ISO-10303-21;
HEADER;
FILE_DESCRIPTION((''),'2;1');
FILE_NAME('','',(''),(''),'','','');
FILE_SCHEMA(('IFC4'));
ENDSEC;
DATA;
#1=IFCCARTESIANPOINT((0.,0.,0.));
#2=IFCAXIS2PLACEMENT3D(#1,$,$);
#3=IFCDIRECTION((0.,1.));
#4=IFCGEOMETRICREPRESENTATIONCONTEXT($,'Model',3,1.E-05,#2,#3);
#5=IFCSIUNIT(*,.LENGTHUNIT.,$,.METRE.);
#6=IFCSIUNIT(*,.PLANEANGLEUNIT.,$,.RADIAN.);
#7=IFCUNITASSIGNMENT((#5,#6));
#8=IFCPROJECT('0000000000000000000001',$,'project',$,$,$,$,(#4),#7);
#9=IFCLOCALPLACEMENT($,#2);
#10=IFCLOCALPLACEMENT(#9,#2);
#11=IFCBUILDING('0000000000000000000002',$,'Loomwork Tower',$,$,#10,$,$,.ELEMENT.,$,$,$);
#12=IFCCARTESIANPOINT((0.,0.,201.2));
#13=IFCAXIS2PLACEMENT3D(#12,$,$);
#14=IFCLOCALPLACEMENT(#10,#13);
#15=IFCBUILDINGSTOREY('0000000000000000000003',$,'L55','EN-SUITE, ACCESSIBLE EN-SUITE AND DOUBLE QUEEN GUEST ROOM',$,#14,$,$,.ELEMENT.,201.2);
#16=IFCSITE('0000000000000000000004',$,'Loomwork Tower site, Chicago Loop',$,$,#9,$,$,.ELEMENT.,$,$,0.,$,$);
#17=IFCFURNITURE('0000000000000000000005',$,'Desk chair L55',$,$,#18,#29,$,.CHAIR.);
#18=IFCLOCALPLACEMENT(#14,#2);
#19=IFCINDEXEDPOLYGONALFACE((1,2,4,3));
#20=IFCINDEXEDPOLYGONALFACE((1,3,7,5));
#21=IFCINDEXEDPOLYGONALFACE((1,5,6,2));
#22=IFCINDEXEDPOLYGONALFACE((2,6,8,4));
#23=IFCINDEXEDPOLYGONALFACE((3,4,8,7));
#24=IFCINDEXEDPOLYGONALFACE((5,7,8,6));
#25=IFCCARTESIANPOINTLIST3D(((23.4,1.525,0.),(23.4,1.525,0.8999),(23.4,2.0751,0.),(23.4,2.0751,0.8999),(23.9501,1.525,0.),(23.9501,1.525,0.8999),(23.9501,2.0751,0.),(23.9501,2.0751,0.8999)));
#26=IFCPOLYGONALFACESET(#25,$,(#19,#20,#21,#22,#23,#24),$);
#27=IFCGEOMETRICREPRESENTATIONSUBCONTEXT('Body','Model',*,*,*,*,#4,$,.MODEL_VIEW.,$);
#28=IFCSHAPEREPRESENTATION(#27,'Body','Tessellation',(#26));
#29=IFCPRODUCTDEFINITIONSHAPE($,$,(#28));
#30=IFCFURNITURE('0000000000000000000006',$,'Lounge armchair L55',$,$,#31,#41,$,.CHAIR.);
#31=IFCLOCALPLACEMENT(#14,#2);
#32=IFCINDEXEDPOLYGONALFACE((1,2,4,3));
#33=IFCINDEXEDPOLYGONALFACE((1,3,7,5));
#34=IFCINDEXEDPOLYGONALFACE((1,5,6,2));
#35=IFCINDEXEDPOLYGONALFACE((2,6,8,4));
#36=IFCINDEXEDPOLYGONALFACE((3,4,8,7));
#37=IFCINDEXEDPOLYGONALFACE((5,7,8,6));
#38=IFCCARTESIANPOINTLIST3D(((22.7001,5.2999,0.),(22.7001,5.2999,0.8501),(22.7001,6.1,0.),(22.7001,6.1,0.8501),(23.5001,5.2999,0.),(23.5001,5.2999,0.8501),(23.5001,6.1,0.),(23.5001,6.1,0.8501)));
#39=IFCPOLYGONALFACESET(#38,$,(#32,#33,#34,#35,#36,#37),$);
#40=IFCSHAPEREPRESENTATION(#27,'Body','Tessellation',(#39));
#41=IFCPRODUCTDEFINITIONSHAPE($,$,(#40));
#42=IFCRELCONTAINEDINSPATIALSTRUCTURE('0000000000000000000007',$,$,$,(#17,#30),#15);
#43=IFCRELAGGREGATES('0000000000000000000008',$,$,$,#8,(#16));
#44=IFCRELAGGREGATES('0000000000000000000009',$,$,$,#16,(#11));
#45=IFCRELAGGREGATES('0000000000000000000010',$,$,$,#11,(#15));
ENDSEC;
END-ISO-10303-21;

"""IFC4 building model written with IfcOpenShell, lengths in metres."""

from ifc_helpers import new_model, si_unit, direction, frame, origin, origin_2d, place, context, subcontext, project, spatial, rectangle, extrude, element, save


model = new_model("IFC4")

# Units and contexts
model_context = context("Model", 3, precision=1e-05, world=origin(), true_north=direction((0.0, 1.0)))
body_context = subcontext(model_context, "Body", "Model", "MODEL_VIEW")
ifc_project = project(units=[si_unit("LENGTHUNIT", "METRE"), si_unit("PLANEANGLEUNIT", "RADIAN")], contexts=[model_context])

# Site, building, storey
site_placement = place(None, origin())
site = spatial("IfcSite", under=ifc_project, at=site_placement, Name="Loomwork Tower site, Chicago Loop", CompositionType="ELEMENT", RefElevation=0.0)
building_placement = place(site_placement, origin())
building = spatial("IfcBuilding", under=site, at=building_placement, Name="Loomwork Tower", CompositionType="ELEMENT")
storey_placement = place(building_placement, frame((0.0, 0.0, 201.2)))
storey = spatial("IfcBuildingStorey", under=building, at=storey_placement, Name="L55", Description="EN-SUITE, ACCESSIBLE EN-SUITE AND DOUBLE QUEEN GUEST ROOM", CompositionType="ELEMENT", Elevation=201.2)

# Furniture
furniture_1_placement = place(storey_placement, frame((23.675, 1.8, 0.0), z_axis=(0.0, 0.0, 1.0), x_axis=(1.0, 0.0, 0.0)))
element("IfcFurniture", 1, at=furniture_1_placement, inside=storey, Name="Desk chair L55", PredefinedType="CHAIR", context=body_context, shape_type="SweptSolid", body=[
    extrude(rectangle(XDim=0.55, YDim=0.55, at=origin_2d()), origin(), (0.0, 0.0, 1.0), 0.8999),
])
furniture_2_placement = place(storey_placement, frame((23.1001, 5.7, 0.0), z_axis=(0.0, 0.0, 1.0), x_axis=(1.0, 0.0, 0.0)))
element("IfcFurniture", 2, at=furniture_2_placement, inside=storey, Name="Lounge armchair L55", PredefinedType="CHAIR", context=body_context, shape_type="SweptSolid", body=[
    extrude(rectangle(XDim=0.8, YDim=0.8, at=origin_2d()), origin(), (0.0, 0.0, 1.0), 0.8501),
])

save(model, "model.ifc")
